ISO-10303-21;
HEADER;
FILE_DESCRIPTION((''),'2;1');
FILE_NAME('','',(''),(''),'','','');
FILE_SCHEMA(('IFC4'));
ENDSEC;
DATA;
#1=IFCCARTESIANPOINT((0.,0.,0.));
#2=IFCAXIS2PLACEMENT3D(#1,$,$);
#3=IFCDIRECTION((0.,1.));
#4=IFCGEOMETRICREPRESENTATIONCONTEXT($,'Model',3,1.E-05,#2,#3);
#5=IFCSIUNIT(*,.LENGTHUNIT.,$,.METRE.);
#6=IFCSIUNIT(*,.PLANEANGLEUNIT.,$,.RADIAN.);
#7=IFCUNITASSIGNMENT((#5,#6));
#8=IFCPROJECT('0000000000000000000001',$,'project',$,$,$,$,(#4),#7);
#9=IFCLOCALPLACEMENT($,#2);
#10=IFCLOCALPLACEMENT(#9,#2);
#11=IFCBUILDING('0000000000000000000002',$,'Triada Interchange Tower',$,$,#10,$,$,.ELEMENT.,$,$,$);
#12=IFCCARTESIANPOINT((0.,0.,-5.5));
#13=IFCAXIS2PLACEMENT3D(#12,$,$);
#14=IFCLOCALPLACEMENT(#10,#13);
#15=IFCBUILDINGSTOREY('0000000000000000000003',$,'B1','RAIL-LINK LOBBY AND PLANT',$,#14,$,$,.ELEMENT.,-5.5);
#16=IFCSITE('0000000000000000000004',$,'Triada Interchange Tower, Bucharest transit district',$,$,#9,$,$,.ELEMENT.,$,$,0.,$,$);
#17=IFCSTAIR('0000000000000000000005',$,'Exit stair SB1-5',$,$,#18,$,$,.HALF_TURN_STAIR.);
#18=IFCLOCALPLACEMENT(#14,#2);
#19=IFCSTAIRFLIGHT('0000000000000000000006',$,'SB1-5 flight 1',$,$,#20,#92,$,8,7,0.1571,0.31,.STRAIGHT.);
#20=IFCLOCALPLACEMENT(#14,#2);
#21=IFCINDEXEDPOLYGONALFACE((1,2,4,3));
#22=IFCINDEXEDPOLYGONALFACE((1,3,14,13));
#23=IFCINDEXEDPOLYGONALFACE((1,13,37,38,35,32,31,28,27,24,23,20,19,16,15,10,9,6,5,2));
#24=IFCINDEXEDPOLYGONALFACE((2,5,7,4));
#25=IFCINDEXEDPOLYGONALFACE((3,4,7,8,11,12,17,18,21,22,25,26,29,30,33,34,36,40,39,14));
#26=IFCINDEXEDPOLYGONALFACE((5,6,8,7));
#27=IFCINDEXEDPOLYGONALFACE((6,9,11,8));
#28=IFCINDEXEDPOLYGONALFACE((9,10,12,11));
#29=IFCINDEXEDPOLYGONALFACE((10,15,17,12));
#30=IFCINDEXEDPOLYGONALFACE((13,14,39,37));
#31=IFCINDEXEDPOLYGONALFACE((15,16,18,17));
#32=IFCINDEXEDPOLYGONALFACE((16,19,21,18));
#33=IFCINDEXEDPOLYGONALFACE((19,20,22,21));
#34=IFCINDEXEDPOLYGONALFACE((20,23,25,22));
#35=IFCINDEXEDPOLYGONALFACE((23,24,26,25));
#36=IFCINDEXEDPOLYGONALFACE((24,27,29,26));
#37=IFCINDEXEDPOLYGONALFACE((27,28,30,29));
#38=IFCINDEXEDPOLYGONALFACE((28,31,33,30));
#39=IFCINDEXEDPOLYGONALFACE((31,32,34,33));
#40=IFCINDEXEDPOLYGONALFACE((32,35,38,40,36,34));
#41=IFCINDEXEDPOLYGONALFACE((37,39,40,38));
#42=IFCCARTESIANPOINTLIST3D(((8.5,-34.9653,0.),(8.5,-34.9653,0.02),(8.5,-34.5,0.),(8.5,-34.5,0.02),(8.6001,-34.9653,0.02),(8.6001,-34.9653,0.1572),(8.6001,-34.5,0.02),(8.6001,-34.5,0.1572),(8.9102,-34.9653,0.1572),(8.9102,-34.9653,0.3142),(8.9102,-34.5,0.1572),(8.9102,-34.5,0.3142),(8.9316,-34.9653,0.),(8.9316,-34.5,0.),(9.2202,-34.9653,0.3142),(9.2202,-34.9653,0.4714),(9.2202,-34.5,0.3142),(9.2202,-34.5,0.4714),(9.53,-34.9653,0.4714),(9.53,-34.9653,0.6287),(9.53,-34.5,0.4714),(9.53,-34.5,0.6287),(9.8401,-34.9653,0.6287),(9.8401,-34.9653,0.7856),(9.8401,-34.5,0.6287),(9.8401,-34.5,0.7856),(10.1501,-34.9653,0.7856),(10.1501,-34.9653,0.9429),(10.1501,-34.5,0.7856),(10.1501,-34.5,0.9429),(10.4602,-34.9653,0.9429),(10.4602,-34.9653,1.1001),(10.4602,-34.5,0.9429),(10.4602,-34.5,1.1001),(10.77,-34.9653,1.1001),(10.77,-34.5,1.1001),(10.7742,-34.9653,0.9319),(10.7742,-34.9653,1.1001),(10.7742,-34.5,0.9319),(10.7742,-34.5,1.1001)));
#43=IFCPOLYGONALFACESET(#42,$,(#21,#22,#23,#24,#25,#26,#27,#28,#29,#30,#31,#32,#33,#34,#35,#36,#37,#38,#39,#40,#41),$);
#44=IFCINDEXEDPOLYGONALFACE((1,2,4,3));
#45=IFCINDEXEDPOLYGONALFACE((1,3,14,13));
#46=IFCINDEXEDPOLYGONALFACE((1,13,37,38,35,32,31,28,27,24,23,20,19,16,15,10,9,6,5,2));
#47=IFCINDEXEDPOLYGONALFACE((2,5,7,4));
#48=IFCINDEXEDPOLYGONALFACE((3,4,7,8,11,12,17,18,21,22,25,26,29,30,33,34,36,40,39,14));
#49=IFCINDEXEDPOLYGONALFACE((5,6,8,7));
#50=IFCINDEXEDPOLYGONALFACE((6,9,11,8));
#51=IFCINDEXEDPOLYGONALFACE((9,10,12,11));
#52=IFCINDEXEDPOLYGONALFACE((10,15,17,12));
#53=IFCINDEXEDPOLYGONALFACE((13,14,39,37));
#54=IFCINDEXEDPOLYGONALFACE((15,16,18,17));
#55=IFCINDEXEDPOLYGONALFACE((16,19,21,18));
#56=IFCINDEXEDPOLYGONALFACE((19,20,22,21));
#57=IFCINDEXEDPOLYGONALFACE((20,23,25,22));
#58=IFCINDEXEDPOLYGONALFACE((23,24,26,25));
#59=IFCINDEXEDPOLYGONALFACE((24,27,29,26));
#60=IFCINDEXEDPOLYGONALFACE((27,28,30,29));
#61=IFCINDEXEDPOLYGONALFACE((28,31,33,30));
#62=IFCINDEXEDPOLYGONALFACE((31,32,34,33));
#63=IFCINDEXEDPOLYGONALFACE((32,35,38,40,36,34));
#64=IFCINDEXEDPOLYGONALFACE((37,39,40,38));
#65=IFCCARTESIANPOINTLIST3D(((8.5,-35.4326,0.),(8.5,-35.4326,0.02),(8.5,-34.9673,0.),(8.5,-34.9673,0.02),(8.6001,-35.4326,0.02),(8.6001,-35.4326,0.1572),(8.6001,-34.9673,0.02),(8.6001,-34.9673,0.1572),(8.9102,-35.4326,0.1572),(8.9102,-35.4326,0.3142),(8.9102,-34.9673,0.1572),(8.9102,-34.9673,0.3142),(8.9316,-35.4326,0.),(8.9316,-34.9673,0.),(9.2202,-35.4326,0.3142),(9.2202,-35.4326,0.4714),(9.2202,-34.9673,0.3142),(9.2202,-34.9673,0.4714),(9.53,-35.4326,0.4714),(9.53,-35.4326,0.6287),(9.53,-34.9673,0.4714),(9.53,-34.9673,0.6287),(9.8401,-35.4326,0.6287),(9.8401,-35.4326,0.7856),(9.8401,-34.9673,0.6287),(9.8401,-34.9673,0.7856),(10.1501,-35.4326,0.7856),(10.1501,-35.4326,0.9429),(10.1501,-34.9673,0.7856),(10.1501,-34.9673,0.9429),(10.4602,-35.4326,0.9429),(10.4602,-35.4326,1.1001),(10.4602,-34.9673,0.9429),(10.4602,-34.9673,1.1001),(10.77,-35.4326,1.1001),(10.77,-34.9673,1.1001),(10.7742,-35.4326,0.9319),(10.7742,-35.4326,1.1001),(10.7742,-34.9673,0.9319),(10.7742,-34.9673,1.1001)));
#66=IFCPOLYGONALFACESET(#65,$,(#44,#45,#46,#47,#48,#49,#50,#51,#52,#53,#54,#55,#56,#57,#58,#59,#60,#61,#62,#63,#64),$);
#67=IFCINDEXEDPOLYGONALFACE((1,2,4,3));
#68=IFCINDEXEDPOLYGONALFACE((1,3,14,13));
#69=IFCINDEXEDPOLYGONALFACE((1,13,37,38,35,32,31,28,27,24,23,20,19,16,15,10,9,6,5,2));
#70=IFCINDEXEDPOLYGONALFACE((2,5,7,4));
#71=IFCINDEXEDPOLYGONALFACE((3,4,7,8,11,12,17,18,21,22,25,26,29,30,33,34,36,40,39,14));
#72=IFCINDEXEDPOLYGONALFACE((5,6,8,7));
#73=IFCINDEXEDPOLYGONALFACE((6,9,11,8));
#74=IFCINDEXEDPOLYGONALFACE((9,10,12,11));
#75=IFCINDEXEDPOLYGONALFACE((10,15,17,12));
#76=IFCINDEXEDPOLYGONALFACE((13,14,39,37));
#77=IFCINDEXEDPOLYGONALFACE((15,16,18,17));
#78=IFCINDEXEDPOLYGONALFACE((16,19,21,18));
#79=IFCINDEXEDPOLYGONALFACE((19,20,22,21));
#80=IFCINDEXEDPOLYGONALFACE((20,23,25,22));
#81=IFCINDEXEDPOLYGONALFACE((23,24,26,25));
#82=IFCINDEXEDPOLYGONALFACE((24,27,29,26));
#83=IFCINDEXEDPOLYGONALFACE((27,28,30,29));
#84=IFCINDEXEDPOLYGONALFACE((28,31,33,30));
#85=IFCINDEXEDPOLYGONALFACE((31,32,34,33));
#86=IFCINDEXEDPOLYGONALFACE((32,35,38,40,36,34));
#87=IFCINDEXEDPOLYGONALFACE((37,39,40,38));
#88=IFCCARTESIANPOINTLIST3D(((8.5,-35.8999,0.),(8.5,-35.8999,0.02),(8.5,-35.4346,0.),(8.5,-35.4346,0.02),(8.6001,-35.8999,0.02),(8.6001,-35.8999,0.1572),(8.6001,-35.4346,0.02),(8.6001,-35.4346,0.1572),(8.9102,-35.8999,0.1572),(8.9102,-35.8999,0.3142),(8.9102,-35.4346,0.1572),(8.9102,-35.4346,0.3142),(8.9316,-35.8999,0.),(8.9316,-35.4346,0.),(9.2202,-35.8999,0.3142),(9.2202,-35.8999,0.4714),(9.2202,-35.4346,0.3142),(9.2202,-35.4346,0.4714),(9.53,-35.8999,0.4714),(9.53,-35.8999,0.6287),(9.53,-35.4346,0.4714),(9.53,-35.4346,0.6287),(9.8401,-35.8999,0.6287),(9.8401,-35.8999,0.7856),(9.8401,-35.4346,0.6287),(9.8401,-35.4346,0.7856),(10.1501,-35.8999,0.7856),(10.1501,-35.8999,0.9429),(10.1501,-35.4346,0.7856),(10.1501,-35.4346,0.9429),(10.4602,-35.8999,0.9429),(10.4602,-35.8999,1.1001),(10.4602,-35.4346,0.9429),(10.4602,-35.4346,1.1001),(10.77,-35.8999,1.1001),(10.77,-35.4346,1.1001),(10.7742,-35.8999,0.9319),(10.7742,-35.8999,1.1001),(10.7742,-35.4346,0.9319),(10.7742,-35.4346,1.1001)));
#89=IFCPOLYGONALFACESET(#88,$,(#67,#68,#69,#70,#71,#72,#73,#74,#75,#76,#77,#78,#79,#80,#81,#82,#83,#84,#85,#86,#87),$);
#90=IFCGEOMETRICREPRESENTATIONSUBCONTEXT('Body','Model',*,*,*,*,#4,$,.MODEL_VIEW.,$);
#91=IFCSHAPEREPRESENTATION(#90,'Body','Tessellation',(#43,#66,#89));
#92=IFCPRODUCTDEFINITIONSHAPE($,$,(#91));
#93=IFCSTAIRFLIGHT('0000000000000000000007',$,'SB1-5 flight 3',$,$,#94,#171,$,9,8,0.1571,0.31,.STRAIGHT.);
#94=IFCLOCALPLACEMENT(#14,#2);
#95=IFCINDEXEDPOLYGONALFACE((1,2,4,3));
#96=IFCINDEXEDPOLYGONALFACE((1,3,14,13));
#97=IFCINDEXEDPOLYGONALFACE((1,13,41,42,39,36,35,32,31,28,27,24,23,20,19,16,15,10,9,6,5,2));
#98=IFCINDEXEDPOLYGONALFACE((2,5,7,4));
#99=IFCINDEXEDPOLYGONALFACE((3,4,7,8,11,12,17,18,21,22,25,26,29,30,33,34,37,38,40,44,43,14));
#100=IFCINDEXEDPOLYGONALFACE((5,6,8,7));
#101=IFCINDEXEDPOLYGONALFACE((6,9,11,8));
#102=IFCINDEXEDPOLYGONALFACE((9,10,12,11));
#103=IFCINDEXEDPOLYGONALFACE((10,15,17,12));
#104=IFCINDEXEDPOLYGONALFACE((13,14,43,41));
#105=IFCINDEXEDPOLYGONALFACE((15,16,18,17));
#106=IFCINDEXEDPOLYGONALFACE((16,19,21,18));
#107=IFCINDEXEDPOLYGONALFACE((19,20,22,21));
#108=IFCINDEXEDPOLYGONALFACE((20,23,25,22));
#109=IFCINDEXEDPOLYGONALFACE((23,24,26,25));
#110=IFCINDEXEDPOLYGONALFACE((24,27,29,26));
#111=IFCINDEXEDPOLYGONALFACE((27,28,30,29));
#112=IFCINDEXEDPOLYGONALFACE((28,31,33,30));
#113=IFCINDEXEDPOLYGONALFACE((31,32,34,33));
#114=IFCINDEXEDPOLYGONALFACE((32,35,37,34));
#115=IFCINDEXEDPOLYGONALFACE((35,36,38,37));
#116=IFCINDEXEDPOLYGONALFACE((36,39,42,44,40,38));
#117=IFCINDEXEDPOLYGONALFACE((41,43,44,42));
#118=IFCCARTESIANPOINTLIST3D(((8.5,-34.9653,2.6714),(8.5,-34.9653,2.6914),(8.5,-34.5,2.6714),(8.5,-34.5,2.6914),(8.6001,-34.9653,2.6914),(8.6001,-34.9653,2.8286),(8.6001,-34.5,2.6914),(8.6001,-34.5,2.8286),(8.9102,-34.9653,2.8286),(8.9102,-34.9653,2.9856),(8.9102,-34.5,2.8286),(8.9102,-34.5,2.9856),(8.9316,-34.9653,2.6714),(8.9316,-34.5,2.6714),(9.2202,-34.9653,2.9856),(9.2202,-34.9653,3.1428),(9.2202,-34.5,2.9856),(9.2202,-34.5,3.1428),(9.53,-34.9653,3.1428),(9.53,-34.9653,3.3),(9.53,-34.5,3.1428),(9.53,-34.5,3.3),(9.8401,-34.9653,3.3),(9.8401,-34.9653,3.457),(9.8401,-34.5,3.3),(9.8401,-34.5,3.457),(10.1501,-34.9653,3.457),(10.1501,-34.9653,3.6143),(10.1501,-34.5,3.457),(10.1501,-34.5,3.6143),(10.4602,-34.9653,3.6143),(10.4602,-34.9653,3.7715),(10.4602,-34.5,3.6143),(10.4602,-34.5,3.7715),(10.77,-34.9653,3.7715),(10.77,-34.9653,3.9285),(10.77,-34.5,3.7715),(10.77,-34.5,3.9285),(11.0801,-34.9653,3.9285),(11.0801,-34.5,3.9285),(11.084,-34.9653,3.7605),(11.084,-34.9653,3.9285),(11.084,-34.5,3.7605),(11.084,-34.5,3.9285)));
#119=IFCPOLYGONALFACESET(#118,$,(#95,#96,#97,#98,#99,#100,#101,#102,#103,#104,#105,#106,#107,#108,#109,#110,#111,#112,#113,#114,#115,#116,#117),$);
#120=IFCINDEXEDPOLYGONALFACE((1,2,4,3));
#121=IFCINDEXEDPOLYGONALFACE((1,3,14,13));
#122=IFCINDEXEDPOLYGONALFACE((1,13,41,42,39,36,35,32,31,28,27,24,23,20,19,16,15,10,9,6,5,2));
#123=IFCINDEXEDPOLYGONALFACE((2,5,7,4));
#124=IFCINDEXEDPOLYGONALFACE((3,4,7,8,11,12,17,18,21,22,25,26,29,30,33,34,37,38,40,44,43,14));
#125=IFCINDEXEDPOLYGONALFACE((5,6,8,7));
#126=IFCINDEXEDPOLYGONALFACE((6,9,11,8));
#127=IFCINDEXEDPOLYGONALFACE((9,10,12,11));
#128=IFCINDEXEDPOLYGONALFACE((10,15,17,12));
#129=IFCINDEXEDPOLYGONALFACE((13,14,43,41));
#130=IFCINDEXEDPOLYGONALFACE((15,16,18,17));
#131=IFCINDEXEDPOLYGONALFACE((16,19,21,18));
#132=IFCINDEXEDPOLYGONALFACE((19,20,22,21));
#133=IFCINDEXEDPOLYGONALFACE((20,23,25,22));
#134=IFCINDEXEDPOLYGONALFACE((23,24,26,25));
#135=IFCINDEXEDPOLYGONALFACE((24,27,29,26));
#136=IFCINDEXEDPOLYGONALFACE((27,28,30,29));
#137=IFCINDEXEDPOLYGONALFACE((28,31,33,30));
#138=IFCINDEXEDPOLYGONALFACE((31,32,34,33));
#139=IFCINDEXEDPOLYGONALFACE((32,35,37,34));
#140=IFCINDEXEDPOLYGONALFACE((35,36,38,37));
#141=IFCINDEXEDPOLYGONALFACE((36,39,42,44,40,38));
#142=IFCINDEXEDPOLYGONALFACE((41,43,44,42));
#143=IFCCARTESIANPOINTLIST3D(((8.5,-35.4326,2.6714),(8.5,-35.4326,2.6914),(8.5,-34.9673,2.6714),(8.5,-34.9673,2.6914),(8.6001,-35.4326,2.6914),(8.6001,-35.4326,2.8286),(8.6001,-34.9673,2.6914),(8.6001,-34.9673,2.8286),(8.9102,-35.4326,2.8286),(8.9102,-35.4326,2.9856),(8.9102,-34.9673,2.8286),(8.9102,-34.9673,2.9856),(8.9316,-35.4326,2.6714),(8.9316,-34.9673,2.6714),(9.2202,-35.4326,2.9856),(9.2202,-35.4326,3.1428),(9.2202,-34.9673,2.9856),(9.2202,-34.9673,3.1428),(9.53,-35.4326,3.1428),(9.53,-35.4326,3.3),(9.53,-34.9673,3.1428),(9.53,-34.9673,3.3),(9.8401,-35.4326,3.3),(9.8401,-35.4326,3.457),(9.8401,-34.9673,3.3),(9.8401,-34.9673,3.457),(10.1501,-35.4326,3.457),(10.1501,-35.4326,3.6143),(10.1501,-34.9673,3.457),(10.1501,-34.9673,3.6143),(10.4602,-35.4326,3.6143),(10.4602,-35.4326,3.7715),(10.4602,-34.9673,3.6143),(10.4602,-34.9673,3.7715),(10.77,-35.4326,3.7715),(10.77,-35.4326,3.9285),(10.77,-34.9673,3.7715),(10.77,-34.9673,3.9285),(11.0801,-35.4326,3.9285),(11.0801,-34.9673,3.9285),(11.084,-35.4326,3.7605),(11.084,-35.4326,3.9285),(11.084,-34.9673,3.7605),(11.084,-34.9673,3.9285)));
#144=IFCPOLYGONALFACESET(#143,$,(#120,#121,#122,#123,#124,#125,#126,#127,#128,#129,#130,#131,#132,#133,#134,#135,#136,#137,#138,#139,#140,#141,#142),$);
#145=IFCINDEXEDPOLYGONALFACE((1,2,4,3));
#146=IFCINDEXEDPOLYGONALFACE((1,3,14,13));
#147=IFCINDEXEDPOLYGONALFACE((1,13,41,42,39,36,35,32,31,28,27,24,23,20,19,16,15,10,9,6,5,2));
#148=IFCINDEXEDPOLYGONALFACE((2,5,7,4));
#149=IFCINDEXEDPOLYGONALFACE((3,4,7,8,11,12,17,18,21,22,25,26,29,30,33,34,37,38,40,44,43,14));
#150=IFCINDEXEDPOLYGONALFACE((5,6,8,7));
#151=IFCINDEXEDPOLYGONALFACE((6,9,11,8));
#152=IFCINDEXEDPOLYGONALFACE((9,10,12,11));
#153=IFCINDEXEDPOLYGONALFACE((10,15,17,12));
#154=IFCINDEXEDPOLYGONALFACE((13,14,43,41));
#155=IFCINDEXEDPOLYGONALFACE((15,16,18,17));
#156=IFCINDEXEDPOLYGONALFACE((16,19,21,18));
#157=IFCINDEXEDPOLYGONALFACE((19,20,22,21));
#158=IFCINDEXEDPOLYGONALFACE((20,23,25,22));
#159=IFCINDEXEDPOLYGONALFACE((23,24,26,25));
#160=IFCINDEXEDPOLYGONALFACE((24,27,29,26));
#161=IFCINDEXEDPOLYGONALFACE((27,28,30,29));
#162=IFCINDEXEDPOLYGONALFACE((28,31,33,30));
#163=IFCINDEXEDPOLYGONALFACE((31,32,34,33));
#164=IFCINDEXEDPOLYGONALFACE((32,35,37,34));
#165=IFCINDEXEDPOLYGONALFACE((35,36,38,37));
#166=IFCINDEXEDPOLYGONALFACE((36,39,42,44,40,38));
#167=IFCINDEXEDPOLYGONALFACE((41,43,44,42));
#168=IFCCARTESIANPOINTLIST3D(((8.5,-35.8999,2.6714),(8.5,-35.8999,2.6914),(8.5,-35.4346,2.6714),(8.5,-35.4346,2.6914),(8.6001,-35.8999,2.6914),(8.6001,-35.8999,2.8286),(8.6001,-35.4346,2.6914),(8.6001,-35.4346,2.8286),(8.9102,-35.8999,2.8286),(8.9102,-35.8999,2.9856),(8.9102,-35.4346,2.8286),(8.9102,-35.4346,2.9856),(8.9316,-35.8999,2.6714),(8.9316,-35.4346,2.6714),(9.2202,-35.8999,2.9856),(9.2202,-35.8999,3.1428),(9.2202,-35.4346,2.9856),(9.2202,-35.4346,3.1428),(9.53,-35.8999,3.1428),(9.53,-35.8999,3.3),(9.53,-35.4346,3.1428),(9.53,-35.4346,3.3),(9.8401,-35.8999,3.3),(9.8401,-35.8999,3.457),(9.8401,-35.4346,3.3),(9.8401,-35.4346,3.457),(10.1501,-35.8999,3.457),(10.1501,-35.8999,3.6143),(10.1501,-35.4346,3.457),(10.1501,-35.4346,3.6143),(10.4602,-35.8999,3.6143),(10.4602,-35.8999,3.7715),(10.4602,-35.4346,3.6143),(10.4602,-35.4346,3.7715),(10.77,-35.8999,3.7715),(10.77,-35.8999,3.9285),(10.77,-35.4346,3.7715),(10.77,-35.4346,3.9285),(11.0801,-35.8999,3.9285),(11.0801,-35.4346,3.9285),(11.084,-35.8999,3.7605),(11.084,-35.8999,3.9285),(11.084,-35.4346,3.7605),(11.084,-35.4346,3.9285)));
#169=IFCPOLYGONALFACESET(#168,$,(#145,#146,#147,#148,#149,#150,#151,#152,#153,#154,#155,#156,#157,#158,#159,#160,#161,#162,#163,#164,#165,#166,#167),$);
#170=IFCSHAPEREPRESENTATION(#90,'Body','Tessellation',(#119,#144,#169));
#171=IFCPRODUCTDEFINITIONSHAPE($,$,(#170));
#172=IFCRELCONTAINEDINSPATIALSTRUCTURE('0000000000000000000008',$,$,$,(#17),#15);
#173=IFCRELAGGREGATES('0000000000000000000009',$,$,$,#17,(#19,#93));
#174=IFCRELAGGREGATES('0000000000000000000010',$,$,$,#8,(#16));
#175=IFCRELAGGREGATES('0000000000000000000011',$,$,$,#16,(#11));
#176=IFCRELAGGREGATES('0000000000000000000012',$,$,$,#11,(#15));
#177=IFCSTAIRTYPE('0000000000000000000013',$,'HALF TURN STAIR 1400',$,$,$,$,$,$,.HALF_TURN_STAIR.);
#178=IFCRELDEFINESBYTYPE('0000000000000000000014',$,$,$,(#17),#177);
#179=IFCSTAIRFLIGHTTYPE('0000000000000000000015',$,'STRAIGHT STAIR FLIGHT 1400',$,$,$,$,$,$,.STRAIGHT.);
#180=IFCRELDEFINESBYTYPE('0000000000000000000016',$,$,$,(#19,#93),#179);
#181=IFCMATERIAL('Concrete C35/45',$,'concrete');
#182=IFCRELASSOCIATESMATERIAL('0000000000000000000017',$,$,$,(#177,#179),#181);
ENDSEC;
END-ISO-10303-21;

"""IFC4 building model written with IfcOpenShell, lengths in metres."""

from ifc_helpers import new_model, si_unit, direction, frame, origin, place, context, subcontext, project, spatial, polyline, outline, extrude, material, type_object, element, aggregate, save


model = new_model("IFC4")

# Units and contexts
model_context = context("Model", 3, precision=1e-05, world=origin(), true_north=direction((0.0, 1.0)))
body_context = subcontext(model_context, "Body", "Model", "MODEL_VIEW")
ifc_project = project(units=[si_unit("LENGTHUNIT", "METRE"), si_unit("PLANEANGLEUNIT", "RADIAN")], contexts=[model_context])

# Site, building, storey
site_placement = place(None, origin())
site = spatial("IfcSite", under=ifc_project, at=site_placement, Name="Triada Interchange Tower, Bucharest transit district", CompositionType="ELEMENT", RefElevation=0.0)
building_placement = place(site_placement, origin())
building = spatial("IfcBuilding", under=site, at=building_placement, Name="Triada Interchange Tower", CompositionType="ELEMENT")
storey_placement = place(building_placement, frame((0.0, 0.0, -5.5)))
storey = spatial("IfcBuildingStorey", under=building, at=storey_placement, Name="B1", Description="RAIL-LINK LOBBY AND PLANT", CompositionType="ELEMENT", Elevation=-5.5)

# Shared definitions
ifc_material_1 = material(Name="Concrete C35/45", Category="concrete")

# Stair, stair flights
stair_type = type_object("IfcStairType", Name="HALF TURN STAIR 1400", PredefinedType="HALF_TURN_STAIR", material=ifc_material_1)
stair_1_placement = place(storey_placement, origin())
stair_1 = element("IfcStair", 1, at=stair_1_placement, inside=storey, type_object=stair_type, Name="Exit stair SB1-5", PredefinedType="HALF_TURN_STAIR")
stair_flight_type = type_object("IfcStairFlightType", Name="STRAIGHT STAIR FLIGHT 1400", PredefinedType="STRAIGHT", material=ifc_material_1)
stair_flight_1_placement = place(storey_placement, frame((8.6001, -35.2, 0.0), z_axis=(0.0, 0.0, 1.0), x_axis=(1.0, 0.0, 0.0)))
stair_flight_1 = element("IfcStairFlight", 2, at=stair_flight_1_placement, type_object=stair_flight_type, Name="SB1-5 flight 1", NumberOfRisers=8, NumberOfTreads=7, PredefinedType="STRAIGHT", RiserHeight=0.1571, TreadLength=0.31, context=body_context, shape_type="SweptSolid", body=[
    extrude(outline(polyline([(-0.1001, 0.0), (-0.1001, 0.02), (0.0, 0.02), (0.0, 0.1572), (0.3101, 0.1572), (0.3101, 0.3142), (0.6201, 0.3142), (0.6201, 0.4714), (0.9299, 0.4714), (0.9299, 0.6287), (1.24, 0.6287), (1.24, 0.7856), (1.55, 0.7856), (1.55, 0.9429), (1.8601, 0.9429), (1.8601, 1.1001), (2.1699, 1.1001), (2.1741, 1.1001), (2.1741, 1.2571), (2.1741, 0.9319), (0.3315, 0.0), (-0.1001, 0.0)])), frame((0.0, 0.7, 0.0), z_axis=(0.0, -1.0, 0.0), x_axis=(1.0, 0.0, 0.0)), (0.0, 0.0, 1.0), 0.4653),
    extrude(outline(polyline([(-0.1001, 0.0), (-0.1001, 0.02), (0.0, 0.02), (0.0, 0.1572), (0.3101, 0.1572), (0.3101, 0.3142), (0.6201, 0.3142), (0.6201, 0.4714), (0.9299, 0.4714), (0.9299, 0.6287), (1.24, 0.6287), (1.24, 0.7856), (1.55, 0.7856), (1.55, 0.9429), (1.8601, 0.9429), (1.8601, 1.1001), (2.1699, 1.1001), (2.1741, 1.1001), (2.1741, 1.2571), (2.1741, 0.9319), (0.3315, 0.0), (-0.1001, 0.0)])), frame((0.0, 0.2327, 0.0), z_axis=(0.0, -1.0, 0.0), x_axis=(1.0, 0.0, 0.0)), (0.0, 0.0, 1.0), 0.4653),
    extrude(outline(polyline([(-0.1001, 0.0), (-0.1001, 0.02), (0.0, 0.02), (0.0, 0.1572), (0.3101, 0.1572), (0.3101, 0.3142), (0.6201, 0.3142), (0.6201, 0.4714), (0.9299, 0.4714), (0.9299, 0.6287), (1.24, 0.6287), (1.24, 0.7856), (1.55, 0.7856), (1.55, 0.9429), (1.8601, 0.9429), (1.8601, 1.1001), (2.1699, 1.1001), (2.1741, 1.1001), (2.1741, 1.2571), (2.1741, 0.9319), (0.3315, 0.0), (-0.1001, 0.0)])), frame((0.0, -0.2346, 0.0), z_axis=(0.0, -1.0, 0.0), x_axis=(1.0, 0.0, 0.0)), (0.0, 0.0, 1.0), 0.4653),
])
stair_flight_2_placement = place(storey_placement, frame((8.6001, -35.2, 2.6714), z_axis=(0.0, 0.0, 1.0), x_axis=(1.0, 0.0, 0.0)))
stair_flight_2 = element("IfcStairFlight", 3, at=stair_flight_2_placement, type_object=stair_flight_type, Name="SB1-5 flight 3", NumberOfRisers=9, NumberOfTreads=8, PredefinedType="STRAIGHT", RiserHeight=0.1571, TreadLength=0.31, context=body_context, shape_type="SweptSolid", body=[
    extrude(outline(polyline([(-0.1001, 0.0), (-0.1001, 0.02), (0.0, 0.02), (0.0, 0.1572), (0.3101, 0.1572), (0.3101, 0.3142), (0.6201, 0.3142), (0.6201, 0.4714), (0.9299, 0.4714), (0.9299, 0.6287), (1.24, 0.6287), (1.24, 0.7856), (1.55, 0.7856), (1.55, 0.9429), (1.8601, 0.9429), (1.8601, 1.1001), (2.1699, 1.1001), (2.1699, 1.2571), (2.48, 1.2571), (2.4839, 1.2571), (2.4839, 1.4143), (2.4839, 1.0891), (0.3315, 0.0), (-0.1001, 0.0)])), frame((0.0, 0.7, 0.0), z_axis=(0.0, -1.0, 0.0), x_axis=(1.0, 0.0, 0.0)), (0.0, 0.0, 1.0), 0.4653),
    extrude(outline(polyline([(-0.1001, 0.0), (-0.1001, 0.02), (0.0, 0.02), (0.0, 0.1572), (0.3101, 0.1572), (0.3101, 0.3142), (0.6201, 0.3142), (0.6201, 0.4714), (0.9299, 0.4714), (0.9299, 0.6287), (1.24, 0.6287), (1.24, 0.7856), (1.55, 0.7856), (1.55, 0.9429), (1.8601, 0.9429), (1.8601, 1.1001), (2.1699, 1.1001), (2.1699, 1.2571), (2.48, 1.2571), (2.4839, 1.2571), (2.4839, 1.4143), (2.4839, 1.0891), (0.3315, 0.0), (-0.1001, 0.0)])), frame((0.0, 0.2327, 0.0), z_axis=(0.0, -1.0, 0.0), x_axis=(1.0, 0.0, 0.0)), (0.0, 0.0, 1.0), 0.4653),
    extrude(outline(polyline([(-0.1001, 0.0), (-0.1001, 0.02), (0.0, 0.02), (0.0, 0.1572), (0.3101, 0.1572), (0.3101, 0.3142), (0.6201, 0.3142), (0.6201, 0.4714), (0.9299, 0.4714), (0.9299, 0.6287), (1.24, 0.6287), (1.24, 0.7856), (1.55, 0.7856), (1.55, 0.9429), (1.8601, 0.9429), (1.8601, 1.1001), (2.1699, 1.1001), (2.1699, 1.2571), (2.48, 1.2571), (2.4839, 1.2571), (2.4839, 1.4143), (2.4839, 1.0891), (0.3315, 0.0), (-0.1001, 0.0)])), frame((0.0, -0.2346, 0.0), z_axis=(0.0, -1.0, 0.0), x_axis=(1.0, 0.0, 0.0)), (0.0, 0.0, 1.0), 0.4653),
])

aggregate(stair_1, [stair_flight_1, stair_flight_2])

save(model, "model.ifc")
